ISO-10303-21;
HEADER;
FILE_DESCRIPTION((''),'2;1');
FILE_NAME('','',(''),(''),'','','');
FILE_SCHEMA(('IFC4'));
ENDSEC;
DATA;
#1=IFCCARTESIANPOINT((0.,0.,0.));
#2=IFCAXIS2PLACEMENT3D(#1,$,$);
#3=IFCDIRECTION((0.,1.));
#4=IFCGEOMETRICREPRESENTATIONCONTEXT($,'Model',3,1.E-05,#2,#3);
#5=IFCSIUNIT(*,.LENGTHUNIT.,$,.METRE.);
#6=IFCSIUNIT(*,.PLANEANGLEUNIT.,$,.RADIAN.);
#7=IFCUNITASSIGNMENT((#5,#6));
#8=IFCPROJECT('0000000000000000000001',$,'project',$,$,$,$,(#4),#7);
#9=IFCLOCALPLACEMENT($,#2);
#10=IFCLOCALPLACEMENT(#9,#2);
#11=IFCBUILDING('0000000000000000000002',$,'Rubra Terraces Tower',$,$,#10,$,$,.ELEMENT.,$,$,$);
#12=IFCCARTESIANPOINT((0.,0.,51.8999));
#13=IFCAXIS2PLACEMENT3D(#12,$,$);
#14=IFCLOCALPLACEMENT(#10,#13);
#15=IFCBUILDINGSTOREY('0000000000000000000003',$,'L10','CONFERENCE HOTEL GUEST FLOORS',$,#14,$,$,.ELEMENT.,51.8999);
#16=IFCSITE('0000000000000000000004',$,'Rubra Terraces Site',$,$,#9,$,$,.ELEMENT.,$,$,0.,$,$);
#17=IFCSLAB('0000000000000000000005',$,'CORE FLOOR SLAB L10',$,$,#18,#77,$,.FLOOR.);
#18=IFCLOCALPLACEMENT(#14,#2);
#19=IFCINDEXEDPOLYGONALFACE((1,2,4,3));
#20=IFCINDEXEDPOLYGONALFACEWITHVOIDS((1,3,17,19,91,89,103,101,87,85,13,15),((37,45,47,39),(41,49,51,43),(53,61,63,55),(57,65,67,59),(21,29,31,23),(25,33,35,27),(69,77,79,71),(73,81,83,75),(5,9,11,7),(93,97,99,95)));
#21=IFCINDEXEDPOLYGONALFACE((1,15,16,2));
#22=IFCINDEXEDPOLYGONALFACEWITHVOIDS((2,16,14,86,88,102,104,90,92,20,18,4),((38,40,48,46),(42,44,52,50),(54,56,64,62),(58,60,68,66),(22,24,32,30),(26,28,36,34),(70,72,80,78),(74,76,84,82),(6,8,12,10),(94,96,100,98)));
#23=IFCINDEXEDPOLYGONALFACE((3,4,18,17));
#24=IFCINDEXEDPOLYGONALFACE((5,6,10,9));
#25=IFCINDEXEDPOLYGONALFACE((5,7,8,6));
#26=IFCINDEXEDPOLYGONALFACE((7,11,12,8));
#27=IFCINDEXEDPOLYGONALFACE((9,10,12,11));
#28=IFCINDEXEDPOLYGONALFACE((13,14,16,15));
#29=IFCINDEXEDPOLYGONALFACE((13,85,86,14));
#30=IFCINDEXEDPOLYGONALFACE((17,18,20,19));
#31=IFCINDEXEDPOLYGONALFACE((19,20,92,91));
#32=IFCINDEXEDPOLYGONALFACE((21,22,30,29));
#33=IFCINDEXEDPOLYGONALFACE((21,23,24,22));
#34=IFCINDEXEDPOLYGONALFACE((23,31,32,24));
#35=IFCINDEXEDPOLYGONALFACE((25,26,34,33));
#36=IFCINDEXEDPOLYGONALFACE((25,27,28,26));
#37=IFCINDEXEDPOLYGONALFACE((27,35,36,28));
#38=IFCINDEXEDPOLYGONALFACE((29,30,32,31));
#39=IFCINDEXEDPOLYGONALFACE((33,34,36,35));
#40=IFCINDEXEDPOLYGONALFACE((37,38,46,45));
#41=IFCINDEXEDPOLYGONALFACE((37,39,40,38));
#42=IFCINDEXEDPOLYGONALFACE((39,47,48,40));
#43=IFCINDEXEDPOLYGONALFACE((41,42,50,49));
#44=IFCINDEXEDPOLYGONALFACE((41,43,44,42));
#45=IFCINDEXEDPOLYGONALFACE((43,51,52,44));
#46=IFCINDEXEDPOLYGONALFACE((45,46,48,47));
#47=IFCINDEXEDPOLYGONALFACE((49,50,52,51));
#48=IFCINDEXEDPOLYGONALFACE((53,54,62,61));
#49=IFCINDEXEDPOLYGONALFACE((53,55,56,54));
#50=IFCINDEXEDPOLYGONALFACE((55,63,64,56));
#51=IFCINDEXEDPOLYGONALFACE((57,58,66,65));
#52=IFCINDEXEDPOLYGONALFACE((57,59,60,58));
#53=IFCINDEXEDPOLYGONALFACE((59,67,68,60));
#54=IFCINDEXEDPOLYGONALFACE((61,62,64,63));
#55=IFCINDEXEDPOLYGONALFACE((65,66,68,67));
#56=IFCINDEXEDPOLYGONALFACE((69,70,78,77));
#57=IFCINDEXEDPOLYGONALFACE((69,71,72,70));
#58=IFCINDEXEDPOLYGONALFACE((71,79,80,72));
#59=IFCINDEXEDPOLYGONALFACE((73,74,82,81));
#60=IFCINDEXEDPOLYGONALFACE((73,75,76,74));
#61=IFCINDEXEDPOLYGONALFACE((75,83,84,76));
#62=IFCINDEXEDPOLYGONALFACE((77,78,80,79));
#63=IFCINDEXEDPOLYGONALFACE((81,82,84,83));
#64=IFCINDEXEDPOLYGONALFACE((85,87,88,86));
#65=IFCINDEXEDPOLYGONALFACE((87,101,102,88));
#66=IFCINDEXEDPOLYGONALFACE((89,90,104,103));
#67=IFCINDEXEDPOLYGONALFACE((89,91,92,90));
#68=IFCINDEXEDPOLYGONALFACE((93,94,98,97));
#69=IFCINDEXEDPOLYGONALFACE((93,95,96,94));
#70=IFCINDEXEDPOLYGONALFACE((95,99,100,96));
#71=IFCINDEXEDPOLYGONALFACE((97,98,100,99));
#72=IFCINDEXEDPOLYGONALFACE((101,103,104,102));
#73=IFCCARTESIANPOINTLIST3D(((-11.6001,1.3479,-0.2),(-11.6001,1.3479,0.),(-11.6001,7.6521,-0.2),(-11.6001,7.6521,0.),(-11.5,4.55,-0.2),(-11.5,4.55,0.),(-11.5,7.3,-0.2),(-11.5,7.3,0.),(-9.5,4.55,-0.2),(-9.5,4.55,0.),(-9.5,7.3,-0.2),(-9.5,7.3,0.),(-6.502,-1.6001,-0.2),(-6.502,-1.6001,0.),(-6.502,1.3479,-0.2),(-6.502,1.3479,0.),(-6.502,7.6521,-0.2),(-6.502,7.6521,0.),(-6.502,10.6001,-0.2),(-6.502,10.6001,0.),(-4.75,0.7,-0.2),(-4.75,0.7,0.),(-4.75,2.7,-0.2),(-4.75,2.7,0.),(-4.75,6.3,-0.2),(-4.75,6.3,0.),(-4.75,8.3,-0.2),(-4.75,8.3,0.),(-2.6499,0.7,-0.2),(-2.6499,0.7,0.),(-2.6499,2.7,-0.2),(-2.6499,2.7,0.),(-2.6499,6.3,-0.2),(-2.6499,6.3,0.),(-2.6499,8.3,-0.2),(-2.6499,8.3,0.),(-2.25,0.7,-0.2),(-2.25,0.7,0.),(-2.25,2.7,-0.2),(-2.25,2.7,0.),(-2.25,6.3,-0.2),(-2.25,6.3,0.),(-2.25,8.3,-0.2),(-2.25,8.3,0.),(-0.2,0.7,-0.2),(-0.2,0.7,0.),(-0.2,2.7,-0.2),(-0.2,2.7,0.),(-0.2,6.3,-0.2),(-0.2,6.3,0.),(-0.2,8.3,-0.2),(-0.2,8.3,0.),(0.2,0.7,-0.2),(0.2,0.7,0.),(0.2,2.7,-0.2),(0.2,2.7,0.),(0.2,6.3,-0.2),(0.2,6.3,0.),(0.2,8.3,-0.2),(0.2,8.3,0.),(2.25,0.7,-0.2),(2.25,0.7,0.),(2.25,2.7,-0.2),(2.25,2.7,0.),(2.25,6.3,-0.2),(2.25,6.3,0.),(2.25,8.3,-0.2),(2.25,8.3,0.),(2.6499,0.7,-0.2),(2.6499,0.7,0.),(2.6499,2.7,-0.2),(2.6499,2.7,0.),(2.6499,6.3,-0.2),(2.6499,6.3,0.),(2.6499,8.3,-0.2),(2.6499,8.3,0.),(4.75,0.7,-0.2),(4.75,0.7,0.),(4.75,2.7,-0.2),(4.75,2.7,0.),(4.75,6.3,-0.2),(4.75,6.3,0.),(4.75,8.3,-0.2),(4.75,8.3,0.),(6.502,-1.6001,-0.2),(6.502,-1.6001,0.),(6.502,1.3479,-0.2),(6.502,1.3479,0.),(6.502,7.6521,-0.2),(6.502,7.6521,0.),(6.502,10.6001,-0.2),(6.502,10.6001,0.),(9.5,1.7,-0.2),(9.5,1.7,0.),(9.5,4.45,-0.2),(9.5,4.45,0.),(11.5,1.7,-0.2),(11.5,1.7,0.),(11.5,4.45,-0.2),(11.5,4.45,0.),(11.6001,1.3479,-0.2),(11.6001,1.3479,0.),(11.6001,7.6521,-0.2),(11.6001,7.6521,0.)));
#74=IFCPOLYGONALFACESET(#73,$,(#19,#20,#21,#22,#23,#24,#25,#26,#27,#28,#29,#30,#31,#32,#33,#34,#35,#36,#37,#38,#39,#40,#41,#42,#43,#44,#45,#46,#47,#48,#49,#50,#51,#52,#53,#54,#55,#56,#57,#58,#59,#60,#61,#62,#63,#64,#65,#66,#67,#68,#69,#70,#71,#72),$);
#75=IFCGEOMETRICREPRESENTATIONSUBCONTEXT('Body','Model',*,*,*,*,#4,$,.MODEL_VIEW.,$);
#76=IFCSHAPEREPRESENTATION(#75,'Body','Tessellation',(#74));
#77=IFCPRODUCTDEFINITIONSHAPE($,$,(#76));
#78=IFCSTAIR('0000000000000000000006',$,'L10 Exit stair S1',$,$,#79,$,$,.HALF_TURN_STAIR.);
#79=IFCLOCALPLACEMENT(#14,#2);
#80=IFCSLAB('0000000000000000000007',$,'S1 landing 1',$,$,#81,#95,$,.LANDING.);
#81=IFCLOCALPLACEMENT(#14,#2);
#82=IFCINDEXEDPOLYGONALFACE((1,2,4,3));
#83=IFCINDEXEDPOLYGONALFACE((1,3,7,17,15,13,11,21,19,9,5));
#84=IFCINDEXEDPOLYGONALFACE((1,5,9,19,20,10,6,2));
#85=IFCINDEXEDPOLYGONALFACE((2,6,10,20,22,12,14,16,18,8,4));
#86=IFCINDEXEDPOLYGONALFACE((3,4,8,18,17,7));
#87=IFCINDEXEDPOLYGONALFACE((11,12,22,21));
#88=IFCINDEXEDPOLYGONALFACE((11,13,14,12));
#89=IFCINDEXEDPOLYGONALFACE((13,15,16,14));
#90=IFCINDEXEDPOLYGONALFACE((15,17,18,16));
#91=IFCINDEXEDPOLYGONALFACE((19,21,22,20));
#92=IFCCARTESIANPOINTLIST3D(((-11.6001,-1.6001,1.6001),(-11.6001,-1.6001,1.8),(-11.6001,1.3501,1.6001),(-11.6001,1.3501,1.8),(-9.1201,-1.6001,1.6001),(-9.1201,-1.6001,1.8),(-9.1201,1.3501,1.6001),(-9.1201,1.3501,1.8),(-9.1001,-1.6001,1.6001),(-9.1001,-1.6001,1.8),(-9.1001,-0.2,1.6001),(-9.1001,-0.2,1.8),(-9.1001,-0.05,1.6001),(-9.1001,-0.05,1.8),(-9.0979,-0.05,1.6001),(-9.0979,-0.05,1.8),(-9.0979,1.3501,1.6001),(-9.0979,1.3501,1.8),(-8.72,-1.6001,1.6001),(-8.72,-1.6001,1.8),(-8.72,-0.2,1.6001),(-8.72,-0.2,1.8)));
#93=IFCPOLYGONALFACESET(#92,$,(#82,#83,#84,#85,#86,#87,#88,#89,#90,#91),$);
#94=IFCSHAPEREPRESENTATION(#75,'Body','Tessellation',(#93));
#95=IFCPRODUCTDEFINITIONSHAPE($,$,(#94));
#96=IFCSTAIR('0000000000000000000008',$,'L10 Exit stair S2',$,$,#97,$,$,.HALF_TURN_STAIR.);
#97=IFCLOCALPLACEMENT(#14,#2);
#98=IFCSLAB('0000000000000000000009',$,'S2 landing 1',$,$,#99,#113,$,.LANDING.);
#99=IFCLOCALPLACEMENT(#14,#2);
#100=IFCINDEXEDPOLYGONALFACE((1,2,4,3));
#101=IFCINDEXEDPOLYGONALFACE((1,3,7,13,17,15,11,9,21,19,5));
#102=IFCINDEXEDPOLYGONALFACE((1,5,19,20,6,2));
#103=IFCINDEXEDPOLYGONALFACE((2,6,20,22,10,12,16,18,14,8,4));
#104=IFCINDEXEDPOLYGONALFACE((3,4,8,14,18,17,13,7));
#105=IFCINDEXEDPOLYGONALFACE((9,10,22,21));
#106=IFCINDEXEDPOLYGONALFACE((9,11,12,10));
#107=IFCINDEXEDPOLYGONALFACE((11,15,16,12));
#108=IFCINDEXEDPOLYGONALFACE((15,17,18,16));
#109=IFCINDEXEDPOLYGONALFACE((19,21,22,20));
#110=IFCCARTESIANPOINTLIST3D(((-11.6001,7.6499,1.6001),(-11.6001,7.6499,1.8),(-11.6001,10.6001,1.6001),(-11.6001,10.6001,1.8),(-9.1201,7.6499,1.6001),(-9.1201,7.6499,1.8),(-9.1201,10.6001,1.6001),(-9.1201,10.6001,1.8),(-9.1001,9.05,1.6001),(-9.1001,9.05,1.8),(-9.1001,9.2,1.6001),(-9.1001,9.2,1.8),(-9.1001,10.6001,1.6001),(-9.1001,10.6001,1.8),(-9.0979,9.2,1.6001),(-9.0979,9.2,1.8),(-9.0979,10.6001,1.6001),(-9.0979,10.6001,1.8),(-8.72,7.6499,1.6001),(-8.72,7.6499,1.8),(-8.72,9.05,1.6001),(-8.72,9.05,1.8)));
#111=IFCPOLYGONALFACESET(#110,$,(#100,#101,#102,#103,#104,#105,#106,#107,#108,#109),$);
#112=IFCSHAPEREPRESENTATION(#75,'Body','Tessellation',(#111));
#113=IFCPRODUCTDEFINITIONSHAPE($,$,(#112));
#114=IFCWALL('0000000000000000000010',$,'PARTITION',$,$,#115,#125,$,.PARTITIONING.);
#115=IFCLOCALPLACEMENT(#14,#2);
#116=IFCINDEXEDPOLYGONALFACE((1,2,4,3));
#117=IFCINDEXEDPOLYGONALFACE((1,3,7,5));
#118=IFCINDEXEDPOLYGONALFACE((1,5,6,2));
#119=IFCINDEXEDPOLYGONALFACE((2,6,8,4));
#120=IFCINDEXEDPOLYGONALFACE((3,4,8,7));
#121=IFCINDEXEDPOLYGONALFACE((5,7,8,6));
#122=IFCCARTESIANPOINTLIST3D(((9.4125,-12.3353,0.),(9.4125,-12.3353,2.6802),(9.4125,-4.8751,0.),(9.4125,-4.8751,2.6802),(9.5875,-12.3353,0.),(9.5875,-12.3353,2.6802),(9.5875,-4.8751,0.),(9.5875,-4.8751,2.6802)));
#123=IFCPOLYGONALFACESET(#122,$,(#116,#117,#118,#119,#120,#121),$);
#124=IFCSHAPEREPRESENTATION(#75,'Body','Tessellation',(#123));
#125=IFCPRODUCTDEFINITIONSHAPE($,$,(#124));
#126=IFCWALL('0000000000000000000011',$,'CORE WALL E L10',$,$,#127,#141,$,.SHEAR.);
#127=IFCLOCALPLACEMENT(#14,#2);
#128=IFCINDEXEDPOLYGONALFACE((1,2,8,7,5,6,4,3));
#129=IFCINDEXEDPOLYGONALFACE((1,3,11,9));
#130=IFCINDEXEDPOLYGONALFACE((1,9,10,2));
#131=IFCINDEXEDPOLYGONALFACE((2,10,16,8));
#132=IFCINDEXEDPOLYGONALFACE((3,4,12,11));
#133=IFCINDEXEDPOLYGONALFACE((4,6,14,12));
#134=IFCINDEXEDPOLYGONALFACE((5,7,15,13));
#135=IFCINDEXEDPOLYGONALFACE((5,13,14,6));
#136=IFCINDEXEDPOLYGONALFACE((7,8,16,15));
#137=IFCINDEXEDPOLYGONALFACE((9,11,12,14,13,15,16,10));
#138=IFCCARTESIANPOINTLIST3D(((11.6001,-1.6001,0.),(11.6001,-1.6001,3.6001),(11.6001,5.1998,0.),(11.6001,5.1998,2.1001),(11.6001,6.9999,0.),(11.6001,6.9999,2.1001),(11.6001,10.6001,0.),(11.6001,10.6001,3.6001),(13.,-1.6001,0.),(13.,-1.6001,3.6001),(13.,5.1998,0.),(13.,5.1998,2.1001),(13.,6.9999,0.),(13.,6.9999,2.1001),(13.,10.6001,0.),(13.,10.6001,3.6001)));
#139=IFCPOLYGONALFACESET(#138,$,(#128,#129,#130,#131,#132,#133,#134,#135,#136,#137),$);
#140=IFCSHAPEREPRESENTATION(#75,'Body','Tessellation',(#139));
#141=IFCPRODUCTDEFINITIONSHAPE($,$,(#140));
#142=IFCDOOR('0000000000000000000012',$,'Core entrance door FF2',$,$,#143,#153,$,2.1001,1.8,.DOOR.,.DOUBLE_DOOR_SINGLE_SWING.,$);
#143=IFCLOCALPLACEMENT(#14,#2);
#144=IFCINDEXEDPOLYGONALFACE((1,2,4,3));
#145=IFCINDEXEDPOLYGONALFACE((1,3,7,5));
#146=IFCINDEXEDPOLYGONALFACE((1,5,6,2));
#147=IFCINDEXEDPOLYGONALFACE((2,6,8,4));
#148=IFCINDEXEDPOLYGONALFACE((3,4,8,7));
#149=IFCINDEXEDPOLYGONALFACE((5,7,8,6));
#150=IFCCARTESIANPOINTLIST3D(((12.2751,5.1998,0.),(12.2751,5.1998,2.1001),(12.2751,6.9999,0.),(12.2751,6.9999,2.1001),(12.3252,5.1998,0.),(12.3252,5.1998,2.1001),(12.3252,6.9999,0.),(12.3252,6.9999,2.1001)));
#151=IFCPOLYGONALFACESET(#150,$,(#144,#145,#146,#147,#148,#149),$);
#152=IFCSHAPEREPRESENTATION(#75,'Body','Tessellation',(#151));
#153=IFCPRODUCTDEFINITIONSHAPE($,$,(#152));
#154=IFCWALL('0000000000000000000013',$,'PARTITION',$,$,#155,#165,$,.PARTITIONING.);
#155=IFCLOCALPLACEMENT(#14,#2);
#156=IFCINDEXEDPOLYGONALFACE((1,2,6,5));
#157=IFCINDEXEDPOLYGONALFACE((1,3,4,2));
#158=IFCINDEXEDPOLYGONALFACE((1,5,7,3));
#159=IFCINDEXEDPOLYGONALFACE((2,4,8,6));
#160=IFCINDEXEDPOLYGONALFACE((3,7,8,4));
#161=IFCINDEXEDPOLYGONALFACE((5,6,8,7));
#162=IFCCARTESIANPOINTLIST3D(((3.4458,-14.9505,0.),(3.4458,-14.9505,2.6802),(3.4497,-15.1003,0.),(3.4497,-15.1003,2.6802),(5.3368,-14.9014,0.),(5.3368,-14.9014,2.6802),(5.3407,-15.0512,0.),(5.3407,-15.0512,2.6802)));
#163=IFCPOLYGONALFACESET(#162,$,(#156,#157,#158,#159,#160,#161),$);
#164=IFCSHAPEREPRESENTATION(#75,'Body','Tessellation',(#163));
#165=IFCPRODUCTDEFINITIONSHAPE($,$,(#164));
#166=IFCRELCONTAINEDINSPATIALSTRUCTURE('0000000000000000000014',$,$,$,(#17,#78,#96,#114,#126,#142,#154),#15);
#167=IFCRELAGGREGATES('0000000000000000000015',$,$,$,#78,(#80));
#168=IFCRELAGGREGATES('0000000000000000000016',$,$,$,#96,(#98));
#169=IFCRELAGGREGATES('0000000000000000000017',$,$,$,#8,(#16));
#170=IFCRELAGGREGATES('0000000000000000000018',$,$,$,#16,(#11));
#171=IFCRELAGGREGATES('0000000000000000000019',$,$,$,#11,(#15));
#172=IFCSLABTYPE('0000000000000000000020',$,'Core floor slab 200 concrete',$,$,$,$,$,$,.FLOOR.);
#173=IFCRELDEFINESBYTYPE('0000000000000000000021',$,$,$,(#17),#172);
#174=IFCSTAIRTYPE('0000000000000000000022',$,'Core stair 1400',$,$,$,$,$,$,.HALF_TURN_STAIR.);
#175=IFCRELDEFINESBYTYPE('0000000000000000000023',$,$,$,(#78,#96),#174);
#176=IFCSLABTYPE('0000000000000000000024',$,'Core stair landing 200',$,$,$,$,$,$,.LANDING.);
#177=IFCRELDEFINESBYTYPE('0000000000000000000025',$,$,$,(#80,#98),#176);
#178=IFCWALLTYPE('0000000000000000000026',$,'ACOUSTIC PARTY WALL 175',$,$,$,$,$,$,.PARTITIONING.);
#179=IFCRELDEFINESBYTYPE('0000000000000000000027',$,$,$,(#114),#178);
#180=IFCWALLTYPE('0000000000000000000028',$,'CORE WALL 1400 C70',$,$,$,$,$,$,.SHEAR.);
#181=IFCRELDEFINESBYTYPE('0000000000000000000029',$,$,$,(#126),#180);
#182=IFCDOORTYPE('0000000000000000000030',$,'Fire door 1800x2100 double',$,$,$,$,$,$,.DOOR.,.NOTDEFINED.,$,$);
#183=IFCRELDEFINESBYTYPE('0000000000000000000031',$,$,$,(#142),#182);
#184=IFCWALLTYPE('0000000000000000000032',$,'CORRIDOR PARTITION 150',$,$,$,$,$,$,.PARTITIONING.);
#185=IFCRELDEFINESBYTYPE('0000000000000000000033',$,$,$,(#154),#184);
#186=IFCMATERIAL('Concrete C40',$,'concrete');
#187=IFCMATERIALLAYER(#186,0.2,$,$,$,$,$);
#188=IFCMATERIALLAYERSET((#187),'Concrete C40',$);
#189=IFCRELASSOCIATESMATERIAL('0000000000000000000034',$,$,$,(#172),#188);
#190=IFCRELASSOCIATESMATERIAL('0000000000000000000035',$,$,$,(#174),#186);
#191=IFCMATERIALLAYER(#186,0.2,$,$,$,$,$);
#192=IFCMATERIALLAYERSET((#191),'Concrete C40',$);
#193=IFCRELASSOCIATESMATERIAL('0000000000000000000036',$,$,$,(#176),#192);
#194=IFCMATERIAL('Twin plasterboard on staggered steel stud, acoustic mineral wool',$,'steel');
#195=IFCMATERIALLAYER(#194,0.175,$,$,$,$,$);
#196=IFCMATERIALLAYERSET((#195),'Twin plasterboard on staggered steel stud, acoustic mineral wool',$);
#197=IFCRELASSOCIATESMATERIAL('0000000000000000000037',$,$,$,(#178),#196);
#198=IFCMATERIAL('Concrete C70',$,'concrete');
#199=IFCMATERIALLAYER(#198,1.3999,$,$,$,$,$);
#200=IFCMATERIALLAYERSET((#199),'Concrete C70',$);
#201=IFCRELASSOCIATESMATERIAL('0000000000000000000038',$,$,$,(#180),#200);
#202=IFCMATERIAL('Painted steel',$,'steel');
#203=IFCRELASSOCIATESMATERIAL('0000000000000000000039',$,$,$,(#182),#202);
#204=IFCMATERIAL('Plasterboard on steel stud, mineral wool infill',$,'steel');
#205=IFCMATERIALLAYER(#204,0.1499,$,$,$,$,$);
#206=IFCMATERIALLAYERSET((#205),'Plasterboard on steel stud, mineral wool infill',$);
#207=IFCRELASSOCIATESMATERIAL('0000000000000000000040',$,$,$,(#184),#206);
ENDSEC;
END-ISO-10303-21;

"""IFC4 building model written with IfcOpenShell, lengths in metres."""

from ifc_helpers import new_model, si_unit, direction, frame, frame_2d, origin, place, context, subcontext, project, spatial, polyline, rectangle, outline, extrude, material, layer, layer_set, type_object, element, fill, aggregate, save


model = new_model("IFC4")

# Units and contexts
model_context = context("Model", 3, precision=1e-05, world=origin(), true_north=direction((0.0, 1.0)))
body_context = subcontext(model_context, "Body", "Model", "MODEL_VIEW")
ifc_project = project(units=[si_unit("LENGTHUNIT", "METRE"), si_unit("PLANEANGLEUNIT", "RADIAN")], contexts=[model_context])

# Site, building, storey
site_placement = place(None, origin())
site = spatial("IfcSite", under=ifc_project, at=site_placement, Name="Rubra Terraces Site", CompositionType="ELEMENT", RefElevation=0.0)
building_placement = place(site_placement, origin())
building = spatial("IfcBuilding", under=site, at=building_placement, Name="Rubra Terraces Tower", CompositionType="ELEMENT")
storey_placement = place(building_placement, frame((0.0, 0.0, 51.8999)))
storey = spatial("IfcBuildingStorey", under=building, at=storey_placement, Name="L10", Description="CONFERENCE HOTEL GUEST FLOORS", CompositionType="ELEMENT", Elevation=51.8999)

# Slab
ifc_material_1 = material(Name="Concrete C40", Category="concrete")
ifc_layer_1 = layer(ifc_material_1, 0.2)
ifc_layer_set_1 = layer_set([ifc_layer_1], Name="Concrete C40")
slab_type_1 = type_object("IfcSlabType", Name="Core floor slab 200 concrete", PredefinedType="FLOOR", material=ifc_layer_set_1)
slab_1_placement = place(storey_placement, frame((0.0, 0.0, -0.2)))
element("IfcSlab", 1, at=slab_1_placement, inside=storey, type_object=slab_type_1, Name="CORE FLOOR SLAB L10", PredefinedType="FLOOR", context=body_context, shape_type="SweptSolid", body=[
    extrude(outline(polyline([(-11.6001, 1.3479), (-11.6001, 7.6521), (-6.502, 7.6521), (-6.502, 10.6001), (6.502, 10.6001), (6.502, 7.6521), (11.6001, 7.6521), (11.6001, 1.3479), (6.502, 1.3479), (6.502, -1.6001), (-6.502, -1.6001), (-6.502, 1.3479), (-11.6001, 1.3479)]), holes=[polyline([(9.5, 1.7), (11.5, 1.7), (11.5, 4.45), (9.5, 4.45), (9.5, 1.7)]), polyline([(4.75, 0.7), (4.75, 2.7), (2.6499, 2.7), (2.6499, 0.7), (4.75, 0.7)]), polyline([(4.75, 6.3), (4.75, 8.3), (2.6499, 8.3), (2.6499, 6.3), (4.75, 6.3)]), polyline([(2.25, 0.7), (2.25, 2.7), (0.2, 2.7), (0.2, 0.7), (2.25, 0.7)]), polyline([(2.25, 6.3), (2.25, 8.3), (0.2, 8.3), (0.2, 6.3), (2.25, 6.3)]), polyline([(-0.2, 0.7), (-0.2, 2.7), (-2.25, 2.7), (-2.25, 0.7), (-0.2, 0.7)]), polyline([(-0.2, 6.3), (-0.2, 8.3), (-2.25, 8.3), (-2.25, 6.3), (-0.2, 6.3)]), polyline([(-2.6499, 0.7), (-2.6499, 2.7), (-4.75, 2.7), (-4.75, 0.7), (-2.6499, 0.7)]), polyline([(-2.6499, 8.3), (-4.75, 8.3), (-4.75, 6.3), (-2.6499, 6.3), (-2.6499, 8.3)]), polyline([(-9.5, 7.3), (-11.5, 7.3), (-11.5, 4.55), (-9.5, 4.55), (-9.5, 7.3)])]), origin(), (0.0, 0.0, 1.0), 0.2),
])

# Stairs, slabs
stair_type = type_object("IfcStairType", Name="Core stair 1400", PredefinedType="HALF_TURN_STAIR", material=ifc_material_1)
stair_1_placement = place(storey_placement, origin())
stair_1 = element("IfcStair", 2, at=stair_1_placement, inside=storey, type_object=stair_type, Name="L10 Exit stair S1", PredefinedType="HALF_TURN_STAIR")
ifc_layer_2 = layer(ifc_material_1, 0.2)
ifc_layer_set_2 = layer_set([ifc_layer_2], Name="Concrete C40")
slab_type_2 = type_object("IfcSlabType", Name="Core stair landing 200", PredefinedType="LANDING", material=ifc_layer_set_2)
slab_2_placement = place(storey_placement, frame((0.0, 0.0, 1.6001)))
slab_2 = element("IfcSlab", 3, at=slab_2_placement, type_object=slab_type_2, Name="S1 landing 1", PredefinedType="LANDING", context=body_context, shape_type="SweptSolid", body=[
    extrude(outline(polyline([(-8.72, -0.2), (-8.72, -1.6001), (-9.1001, -1.6001), (-9.1201, -1.6001), (-11.6001, -1.6001), (-11.6001, 1.3501), (-9.1201, 1.3501), (-9.0979, 1.3501), (-9.0979, -0.05), (-9.1001, -0.05), (-9.1001, -0.2), (-8.72, -0.2)])), origin(), (0.0, 0.0, 1.0), 0.2),
])
aggregate(stair_1, [slab_2])
stair_2_placement = place(storey_placement, origin())
stair_2 = element("IfcStair", 4, at=stair_2_placement, inside=storey, type_object=stair_type, Name="L10 Exit stair S2", PredefinedType="HALF_TURN_STAIR")
slab_3_placement = place(storey_placement, frame((0.0, 0.0, 1.6001)))
slab_3 = element("IfcSlab", 5, at=slab_3_placement, type_object=slab_type_2, Name="S2 landing 1", PredefinedType="LANDING", context=body_context, shape_type="SweptSolid", body=[
    extrude(outline(polyline([(-8.72, 9.05), (-8.72, 7.6499), (-9.1201, 7.6499), (-11.6001, 7.6499), (-11.6001, 10.6001), (-9.1201, 10.6001), (-9.1001, 10.6001), (-9.0979, 10.6001), (-9.0979, 9.2), (-9.1001, 9.2), (-9.1001, 9.05), (-8.72, 9.05)])), origin(), (0.0, 0.0, 1.0), 0.2),
])
aggregate(stair_2, [slab_3])

# Wall
ifc_material_2 = material(Name="Twin plasterboard on staggered steel stud, acoustic mineral wool", Category="steel")
ifc_layer_3 = layer(ifc_material_2, 0.175)
ifc_layer_set_3 = layer_set([ifc_layer_3], Name="Twin plasterboard on staggered steel stud, acoustic mineral wool")
wall_type_1 = type_object("IfcWallType", Name="ACOUSTIC PARTY WALL 175", PredefinedType="PARTITIONING", material=ifc_layer_set_3)
wall_1_placement = place(storey_placement, frame((9.5, -12.3352, 0.0), z_axis=(0.0, 0.0, 1.0), x_axis=(0.0, 1.0, 0.0)))
element("IfcWall", 6, at=wall_1_placement, inside=storey, type_object=wall_type_1, Name="PARTITION", PredefinedType="PARTITIONING", context=body_context, shape_type="SweptSolid", body=[
    extrude(rectangle(XDim=7.4602, YDim=0.175, at=frame_2d((3.73, 0.0))), origin(), (0.0, 0.0, 1.0), 2.6802),
])

# Wall, opening, door
ifc_material_3 = material(Name="Concrete C70", Category="concrete")
ifc_layer_4 = layer(ifc_material_3, 1.3999)
ifc_layer_set_4 = layer_set([ifc_layer_4], Name="Concrete C70")
wall_type_2 = type_object("IfcWallType", Name="CORE WALL 1400 C70", PredefinedType="SHEAR", material=ifc_layer_set_4)
wall_2_placement = place(storey_placement, frame((12.3, -1.6001, 0.0), z_axis=(0.0, 0.0, 1.0), x_axis=(0.0, 1.0, 0.0)))
wall_2 = element("IfcWall", 7, at=wall_2_placement, inside=storey, type_object=wall_type_2, Name="CORE WALL E L10", PredefinedType="SHEAR", context=body_context, shape_type="SweptSolid", body=[
    extrude(rectangle(XDim=12.2002, YDim=1.3999, at=frame_2d((6.1001, 0.0))), origin(), (0.0, 0.0, 1.0), 3.6001),
])
opening_1_placement = place(wall_2_placement, frame((6.8, 0.0, 0.0)))
opening_1 = element("IfcOpeningElement", 8, at=opening_1_placement, cuts=wall_2, PredefinedType="OPENING", context=body_context, shape_type="SweptSolid", body=[
    extrude(rectangle(XDim=1.8, YDim=2.1001, at=frame_2d((0.8999, 1.05))), frame((0.0, 0.71, 0.0), z_axis=(0.0, -1.0, 0.0), x_axis=(1.0, 0.0, 0.0)), (0.0, 0.0, 1.0), 1.4199),
])
ifc_material_4 = material(Name="Painted steel", Category="steel")
door_type_1 = type_object("IfcDoorType", Name="Fire door 1800x2100 double", OperationType="NOTDEFINED", PredefinedType="DOOR", material=ifc_material_4)
door_1_placement = place(opening_1_placement, origin())
door_1 = element("IfcDoor", 9, at=door_1_placement, inside=storey, type_object=door_type_1, Name="Core entrance door FF2", OperationType="DOUBLE_DOOR_SINGLE_SWING", OverallHeight=2.1001, OverallWidth=1.8, PredefinedType="DOOR", context=body_context, shape_type="SweptSolid", body=[
    extrude(rectangle(XDim=1.8, YDim=2.1001, at=frame_2d((0.8999, 1.05))), frame((0.0, 0.0249, 0.0), z_axis=(0.0, -1.0, 0.0), x_axis=(1.0, 0.0, 0.0)), (0.0, 0.0, 1.0), 0.05),
])
fill(opening_1, door_1)

# Wall
ifc_material_5 = material(Name="Plasterboard on steel stud, mineral wool infill", Category="steel")
ifc_layer_5 = layer(ifc_material_5, 0.1499)
ifc_layer_set_5 = layer_set([ifc_layer_5], Name="Plasterboard on steel stud, mineral wool infill")
wall_type_3 = type_object("IfcWallType", Name="CORRIDOR PARTITION 150", PredefinedType="PARTITIONING", material=ifc_layer_set_5)
wall_3_placement = place(storey_placement, frame((3.4478, -15.0254, 0.0), z_axis=(0.0, 0.0, 1.0), x_axis=(0.999663, 0.025943, 0.0)))
element("IfcWall", 10, at=wall_3_placement, inside=storey, type_object=wall_type_3, Name="PARTITION", PredefinedType="PARTITIONING", context=body_context, shape_type="SweptSolid", body=[
    extrude(rectangle(XDim=1.8916, YDim=0.1499, at=frame_2d((0.9458, 0.0))), origin(), (0.0, 0.0, 1.0), 2.6802),
])

save(model, "model.ifc")
